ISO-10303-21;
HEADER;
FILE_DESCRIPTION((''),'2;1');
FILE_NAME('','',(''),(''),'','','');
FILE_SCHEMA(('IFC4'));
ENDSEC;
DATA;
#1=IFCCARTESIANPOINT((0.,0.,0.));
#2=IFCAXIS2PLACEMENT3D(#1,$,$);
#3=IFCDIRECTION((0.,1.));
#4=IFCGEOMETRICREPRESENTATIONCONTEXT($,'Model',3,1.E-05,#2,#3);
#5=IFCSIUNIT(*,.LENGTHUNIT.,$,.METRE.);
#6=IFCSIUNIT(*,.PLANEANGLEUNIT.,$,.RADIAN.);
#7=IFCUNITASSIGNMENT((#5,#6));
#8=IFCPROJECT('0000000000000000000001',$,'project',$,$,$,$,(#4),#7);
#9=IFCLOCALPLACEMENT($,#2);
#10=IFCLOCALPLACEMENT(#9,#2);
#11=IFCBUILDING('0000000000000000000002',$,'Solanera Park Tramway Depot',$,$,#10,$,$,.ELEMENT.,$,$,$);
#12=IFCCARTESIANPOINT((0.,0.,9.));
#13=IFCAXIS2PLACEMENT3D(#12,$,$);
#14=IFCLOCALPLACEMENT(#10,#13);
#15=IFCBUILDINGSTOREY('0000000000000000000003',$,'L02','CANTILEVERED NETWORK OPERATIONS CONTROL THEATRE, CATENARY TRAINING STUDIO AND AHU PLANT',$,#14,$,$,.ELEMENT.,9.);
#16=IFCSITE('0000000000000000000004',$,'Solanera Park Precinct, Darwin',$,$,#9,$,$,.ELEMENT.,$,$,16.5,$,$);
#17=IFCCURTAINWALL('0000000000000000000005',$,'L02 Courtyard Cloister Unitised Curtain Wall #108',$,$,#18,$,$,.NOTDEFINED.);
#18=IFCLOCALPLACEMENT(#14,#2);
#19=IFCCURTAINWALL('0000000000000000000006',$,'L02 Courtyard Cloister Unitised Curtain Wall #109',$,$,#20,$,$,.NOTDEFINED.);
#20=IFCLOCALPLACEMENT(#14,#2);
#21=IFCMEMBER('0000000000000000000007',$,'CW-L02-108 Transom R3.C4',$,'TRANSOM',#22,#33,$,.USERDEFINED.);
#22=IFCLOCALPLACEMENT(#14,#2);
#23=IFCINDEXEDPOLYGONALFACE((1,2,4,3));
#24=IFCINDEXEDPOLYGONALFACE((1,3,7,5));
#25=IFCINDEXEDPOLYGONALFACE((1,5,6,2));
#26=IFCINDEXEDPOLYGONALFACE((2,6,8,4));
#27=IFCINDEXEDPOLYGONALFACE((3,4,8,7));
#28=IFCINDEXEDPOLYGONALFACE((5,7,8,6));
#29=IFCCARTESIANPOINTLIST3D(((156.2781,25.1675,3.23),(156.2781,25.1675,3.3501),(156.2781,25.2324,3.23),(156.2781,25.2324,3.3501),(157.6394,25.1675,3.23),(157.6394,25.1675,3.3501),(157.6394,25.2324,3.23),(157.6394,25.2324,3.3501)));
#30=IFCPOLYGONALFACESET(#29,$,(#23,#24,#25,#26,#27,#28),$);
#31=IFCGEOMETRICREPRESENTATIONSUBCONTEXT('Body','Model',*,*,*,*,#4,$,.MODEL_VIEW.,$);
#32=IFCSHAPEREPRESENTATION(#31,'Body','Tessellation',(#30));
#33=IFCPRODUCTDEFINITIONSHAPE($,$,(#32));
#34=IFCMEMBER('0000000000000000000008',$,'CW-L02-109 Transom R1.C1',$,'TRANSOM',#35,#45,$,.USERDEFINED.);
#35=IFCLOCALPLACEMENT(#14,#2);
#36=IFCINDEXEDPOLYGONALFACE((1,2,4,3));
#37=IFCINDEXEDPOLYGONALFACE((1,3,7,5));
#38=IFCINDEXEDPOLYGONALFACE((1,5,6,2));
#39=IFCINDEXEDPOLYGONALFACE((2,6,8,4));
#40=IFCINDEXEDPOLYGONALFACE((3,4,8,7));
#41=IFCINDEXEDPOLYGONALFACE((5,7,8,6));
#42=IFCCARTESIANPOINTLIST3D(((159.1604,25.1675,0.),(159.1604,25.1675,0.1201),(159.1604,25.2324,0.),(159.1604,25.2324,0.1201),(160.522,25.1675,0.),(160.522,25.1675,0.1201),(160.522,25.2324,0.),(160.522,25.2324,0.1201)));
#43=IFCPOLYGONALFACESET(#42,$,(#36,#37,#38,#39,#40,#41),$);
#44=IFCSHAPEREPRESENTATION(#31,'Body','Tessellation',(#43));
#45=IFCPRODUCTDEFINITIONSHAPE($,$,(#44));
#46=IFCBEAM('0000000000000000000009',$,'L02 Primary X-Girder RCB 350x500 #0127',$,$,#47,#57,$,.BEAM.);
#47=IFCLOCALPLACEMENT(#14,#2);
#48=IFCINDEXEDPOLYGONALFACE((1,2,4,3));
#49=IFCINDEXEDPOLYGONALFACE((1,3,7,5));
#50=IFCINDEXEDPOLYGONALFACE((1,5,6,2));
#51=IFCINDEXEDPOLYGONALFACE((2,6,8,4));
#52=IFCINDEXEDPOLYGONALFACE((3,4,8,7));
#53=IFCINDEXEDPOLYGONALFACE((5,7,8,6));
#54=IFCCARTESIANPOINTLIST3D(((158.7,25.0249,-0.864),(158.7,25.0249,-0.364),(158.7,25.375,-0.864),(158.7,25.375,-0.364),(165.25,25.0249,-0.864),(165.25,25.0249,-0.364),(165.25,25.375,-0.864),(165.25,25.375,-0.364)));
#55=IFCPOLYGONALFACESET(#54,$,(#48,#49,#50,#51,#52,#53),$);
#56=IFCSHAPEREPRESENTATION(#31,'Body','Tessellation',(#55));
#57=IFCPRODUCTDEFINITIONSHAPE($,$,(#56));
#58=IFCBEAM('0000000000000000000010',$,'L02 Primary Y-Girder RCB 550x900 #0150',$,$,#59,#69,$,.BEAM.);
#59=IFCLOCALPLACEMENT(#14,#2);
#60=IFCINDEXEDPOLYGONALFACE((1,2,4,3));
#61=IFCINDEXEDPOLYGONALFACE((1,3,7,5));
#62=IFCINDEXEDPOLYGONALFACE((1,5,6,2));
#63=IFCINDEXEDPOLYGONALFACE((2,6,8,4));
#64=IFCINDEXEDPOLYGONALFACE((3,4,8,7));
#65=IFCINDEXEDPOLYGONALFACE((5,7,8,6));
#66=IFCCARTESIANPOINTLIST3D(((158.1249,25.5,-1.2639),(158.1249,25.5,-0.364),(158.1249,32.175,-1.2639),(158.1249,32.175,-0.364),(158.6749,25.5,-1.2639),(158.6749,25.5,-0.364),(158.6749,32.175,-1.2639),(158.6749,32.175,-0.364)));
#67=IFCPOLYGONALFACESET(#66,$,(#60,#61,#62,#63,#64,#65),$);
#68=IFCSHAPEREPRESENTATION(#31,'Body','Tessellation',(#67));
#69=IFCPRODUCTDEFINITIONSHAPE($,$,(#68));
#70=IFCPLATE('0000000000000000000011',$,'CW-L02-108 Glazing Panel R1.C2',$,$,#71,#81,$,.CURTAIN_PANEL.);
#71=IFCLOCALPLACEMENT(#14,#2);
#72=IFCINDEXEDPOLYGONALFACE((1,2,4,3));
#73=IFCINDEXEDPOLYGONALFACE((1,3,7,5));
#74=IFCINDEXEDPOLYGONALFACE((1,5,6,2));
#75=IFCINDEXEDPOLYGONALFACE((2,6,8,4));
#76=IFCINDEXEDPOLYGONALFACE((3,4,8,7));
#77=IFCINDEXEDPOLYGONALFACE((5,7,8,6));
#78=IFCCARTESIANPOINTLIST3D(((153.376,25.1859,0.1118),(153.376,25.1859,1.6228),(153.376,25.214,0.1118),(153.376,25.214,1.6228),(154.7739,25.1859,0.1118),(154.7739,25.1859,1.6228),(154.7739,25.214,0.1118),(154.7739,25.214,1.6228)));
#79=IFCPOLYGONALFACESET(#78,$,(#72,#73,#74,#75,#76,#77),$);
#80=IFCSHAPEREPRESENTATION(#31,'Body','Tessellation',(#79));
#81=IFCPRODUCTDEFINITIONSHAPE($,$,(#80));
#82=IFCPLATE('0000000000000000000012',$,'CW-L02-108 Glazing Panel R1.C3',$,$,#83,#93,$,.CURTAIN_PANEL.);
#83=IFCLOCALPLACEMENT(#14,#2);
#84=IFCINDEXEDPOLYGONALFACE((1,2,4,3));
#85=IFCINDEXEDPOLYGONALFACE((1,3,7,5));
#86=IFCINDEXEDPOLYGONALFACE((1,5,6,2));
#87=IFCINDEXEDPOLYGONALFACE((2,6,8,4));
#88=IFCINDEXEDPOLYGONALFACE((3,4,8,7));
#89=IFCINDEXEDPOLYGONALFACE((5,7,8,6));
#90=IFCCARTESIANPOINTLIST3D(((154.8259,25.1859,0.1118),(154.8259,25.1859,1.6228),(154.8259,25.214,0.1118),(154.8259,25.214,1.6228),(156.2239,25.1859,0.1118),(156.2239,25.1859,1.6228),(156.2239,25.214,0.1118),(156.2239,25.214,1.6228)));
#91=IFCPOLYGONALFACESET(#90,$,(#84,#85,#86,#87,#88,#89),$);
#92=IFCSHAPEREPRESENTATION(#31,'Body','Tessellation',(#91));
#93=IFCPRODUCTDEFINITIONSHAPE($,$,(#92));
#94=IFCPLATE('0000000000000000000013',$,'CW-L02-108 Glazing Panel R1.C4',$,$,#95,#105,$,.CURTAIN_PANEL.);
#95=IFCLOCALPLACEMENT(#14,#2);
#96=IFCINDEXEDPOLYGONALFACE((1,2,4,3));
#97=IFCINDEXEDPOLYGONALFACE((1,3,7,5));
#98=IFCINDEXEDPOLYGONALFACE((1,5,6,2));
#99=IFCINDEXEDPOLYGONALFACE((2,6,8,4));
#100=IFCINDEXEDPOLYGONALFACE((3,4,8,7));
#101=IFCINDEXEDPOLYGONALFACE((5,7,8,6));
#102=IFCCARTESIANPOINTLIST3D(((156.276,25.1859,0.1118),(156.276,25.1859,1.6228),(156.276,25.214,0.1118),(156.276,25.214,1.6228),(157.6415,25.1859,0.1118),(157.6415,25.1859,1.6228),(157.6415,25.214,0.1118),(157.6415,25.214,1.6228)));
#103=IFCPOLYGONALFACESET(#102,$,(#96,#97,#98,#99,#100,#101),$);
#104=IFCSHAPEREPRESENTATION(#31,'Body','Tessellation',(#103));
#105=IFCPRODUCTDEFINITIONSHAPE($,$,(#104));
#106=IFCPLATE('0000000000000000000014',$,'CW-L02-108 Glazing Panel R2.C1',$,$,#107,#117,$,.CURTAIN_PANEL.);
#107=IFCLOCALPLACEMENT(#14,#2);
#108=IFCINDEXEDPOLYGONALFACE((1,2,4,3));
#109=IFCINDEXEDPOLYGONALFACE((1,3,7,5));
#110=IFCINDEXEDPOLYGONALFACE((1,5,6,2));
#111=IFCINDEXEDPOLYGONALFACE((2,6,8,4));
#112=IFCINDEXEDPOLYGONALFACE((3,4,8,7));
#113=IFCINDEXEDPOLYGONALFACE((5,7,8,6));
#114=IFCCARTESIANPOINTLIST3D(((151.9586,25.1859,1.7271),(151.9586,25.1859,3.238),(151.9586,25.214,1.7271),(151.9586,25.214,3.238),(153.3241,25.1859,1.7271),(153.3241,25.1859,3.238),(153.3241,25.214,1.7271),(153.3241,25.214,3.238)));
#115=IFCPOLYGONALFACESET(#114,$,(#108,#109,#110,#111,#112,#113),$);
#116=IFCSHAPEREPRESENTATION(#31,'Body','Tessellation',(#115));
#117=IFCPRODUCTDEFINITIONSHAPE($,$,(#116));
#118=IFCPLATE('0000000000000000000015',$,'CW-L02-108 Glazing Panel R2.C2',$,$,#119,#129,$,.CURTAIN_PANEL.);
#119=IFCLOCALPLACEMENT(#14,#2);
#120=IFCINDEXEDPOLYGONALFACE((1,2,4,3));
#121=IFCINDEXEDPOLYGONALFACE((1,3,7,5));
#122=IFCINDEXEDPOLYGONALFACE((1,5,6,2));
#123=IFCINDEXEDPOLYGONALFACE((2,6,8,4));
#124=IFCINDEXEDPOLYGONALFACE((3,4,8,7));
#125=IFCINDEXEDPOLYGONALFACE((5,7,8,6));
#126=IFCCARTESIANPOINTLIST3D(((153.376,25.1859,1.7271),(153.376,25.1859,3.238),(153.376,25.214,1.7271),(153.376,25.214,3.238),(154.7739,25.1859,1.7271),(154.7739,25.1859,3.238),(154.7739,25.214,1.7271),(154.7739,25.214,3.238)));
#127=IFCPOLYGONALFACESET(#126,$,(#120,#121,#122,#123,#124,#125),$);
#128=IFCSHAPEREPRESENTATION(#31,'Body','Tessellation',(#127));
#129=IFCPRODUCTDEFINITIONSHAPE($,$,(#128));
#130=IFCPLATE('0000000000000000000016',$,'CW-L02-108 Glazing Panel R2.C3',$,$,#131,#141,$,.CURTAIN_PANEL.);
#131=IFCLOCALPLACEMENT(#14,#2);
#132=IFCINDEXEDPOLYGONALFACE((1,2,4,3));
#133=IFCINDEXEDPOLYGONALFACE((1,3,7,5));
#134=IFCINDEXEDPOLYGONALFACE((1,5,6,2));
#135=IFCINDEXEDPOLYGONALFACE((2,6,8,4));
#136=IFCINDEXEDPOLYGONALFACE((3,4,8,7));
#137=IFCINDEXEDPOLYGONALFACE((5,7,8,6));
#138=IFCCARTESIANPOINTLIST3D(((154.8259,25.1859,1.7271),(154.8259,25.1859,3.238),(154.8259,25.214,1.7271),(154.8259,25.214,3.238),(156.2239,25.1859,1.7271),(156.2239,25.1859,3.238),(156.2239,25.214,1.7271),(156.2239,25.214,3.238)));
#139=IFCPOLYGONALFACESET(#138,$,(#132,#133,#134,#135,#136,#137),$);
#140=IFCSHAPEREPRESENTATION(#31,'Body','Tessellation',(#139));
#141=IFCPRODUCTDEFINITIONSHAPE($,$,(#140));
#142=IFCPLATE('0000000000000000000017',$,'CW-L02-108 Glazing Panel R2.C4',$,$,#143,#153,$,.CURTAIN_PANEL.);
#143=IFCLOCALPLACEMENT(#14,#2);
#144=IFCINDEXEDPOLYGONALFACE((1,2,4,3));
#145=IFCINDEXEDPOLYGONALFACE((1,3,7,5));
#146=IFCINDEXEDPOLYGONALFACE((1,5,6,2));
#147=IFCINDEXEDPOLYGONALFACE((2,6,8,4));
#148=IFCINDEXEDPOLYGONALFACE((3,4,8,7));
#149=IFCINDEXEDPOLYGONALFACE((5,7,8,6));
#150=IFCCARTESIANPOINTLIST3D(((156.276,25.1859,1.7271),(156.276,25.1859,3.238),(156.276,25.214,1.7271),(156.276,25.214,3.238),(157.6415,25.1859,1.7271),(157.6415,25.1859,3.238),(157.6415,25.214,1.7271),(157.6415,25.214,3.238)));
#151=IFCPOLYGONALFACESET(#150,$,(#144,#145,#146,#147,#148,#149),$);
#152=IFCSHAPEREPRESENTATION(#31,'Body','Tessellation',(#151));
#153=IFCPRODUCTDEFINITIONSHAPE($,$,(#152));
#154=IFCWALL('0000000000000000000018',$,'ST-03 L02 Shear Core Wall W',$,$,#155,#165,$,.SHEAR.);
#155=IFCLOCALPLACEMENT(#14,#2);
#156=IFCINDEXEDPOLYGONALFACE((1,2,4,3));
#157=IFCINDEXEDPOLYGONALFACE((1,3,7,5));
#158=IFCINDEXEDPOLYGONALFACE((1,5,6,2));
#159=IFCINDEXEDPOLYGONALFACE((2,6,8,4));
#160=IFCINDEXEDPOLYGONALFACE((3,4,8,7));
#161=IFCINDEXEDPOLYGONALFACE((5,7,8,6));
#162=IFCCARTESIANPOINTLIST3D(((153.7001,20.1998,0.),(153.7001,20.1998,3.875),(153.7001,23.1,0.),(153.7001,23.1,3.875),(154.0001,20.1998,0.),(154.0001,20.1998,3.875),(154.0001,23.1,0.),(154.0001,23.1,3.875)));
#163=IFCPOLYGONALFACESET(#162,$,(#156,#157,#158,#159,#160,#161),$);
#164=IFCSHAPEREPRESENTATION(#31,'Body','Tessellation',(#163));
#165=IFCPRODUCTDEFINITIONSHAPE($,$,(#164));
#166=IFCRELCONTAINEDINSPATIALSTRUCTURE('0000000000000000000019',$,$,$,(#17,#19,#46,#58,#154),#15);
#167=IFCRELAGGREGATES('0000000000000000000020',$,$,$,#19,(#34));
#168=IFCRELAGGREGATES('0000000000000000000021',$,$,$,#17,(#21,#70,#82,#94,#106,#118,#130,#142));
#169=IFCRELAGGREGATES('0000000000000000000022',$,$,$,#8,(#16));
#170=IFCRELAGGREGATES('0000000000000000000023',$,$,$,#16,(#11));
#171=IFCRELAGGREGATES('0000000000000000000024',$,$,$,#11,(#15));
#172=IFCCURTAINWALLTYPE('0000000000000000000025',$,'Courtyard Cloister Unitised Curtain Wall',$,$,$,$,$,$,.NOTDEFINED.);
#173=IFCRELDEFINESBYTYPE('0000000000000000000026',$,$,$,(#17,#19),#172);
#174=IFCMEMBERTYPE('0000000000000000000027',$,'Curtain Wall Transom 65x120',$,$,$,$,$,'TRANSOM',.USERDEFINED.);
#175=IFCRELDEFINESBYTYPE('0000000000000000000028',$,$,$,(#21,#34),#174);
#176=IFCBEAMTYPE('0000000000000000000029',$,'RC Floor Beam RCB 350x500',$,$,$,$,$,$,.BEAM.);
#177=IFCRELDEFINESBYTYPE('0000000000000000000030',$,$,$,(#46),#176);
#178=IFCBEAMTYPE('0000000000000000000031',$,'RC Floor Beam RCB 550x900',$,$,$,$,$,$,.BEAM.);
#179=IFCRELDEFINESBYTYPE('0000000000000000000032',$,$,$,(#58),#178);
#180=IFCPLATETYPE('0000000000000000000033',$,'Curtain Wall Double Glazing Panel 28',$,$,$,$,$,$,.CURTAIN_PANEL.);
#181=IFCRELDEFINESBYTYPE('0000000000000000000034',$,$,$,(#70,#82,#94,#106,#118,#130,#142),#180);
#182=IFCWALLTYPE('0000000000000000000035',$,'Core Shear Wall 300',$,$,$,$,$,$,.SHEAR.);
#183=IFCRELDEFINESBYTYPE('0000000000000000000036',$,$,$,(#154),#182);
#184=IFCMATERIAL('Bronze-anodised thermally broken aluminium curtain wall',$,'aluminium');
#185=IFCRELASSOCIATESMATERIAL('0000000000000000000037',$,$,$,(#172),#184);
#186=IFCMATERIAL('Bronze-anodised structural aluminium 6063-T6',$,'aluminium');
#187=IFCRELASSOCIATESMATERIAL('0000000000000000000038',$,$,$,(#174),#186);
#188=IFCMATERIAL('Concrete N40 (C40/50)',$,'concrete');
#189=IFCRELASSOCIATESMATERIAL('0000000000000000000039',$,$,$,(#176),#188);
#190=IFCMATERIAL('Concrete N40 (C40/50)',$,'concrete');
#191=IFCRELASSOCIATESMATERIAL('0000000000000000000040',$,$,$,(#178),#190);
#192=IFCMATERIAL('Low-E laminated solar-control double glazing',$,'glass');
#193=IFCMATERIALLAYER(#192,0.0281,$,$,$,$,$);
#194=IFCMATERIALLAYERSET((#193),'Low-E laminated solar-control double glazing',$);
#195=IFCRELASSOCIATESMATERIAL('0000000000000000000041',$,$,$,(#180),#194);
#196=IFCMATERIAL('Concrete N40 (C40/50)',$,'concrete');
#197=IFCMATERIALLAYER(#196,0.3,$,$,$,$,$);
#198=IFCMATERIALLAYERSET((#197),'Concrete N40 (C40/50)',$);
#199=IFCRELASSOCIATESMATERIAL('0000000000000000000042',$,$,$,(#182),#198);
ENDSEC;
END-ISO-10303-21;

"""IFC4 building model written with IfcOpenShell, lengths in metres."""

from ifc_helpers import new_model, si_unit, direction, frame, frame_2d, origin, origin_2d, place, context, subcontext, project, spatial, rectangle, extrude, material, layer, layer_set, material_profile, profile_set, type_object, element, aggregate, save


model = new_model("IFC4")

# Units and contexts
model_context = context("Model", 3, precision=1e-05, world=origin(), true_north=direction((0.0, 1.0)))
body_context = subcontext(model_context, "Body", "Model", "MODEL_VIEW")
ifc_project = project(units=[si_unit("LENGTHUNIT", "METRE"), si_unit("PLANEANGLEUNIT", "RADIAN")], contexts=[model_context])

# Site, building, storey
site_placement = place(None, origin())
site = spatial("IfcSite", under=ifc_project, at=site_placement, Name="Solanera Park Precinct, Darwin", CompositionType="ELEMENT", RefElevation=16.5)
building_placement = place(site_placement, origin())
building = spatial("IfcBuilding", under=site, at=building_placement, Name="Solanera Park Tramway Depot", CompositionType="ELEMENT")
storey_placement = place(building_placement, frame((0.0, 0.0, 9.0)))
storey = spatial("IfcBuildingStorey", under=building, at=storey_placement, Name="L02", Description="CANTILEVERED NETWORK OPERATIONS CONTROL THEATRE, CATENARY TRAINING STUDIO AND AHU PLANT", CompositionType="ELEMENT", Elevation=9.0)

# Curtain wall
ifc_material_1 = material(Name="Bronze-anodised thermally broken aluminium curtain wall", Category="aluminium")
curtain_wall_type = type_object("IfcCurtainWallType", Name="Courtyard Cloister Unitised Curtain Wall", PredefinedType="NOTDEFINED", material=ifc_material_1)
curtain_wall_1_placement = place(storey_placement, origin())
curtain_wall_1 = element("IfcCurtainWall", 1, at=curtain_wall_1_placement, inside=storey, type_object=curtain_wall_type, Name="L02 Courtyard Cloister Unitised Curtain Wall #108", PredefinedType="NOTDEFINED")

# Curtain wall
curtain_wall_2_placement = place(storey_placement, origin())
curtain_wall_2 = element("IfcCurtainWall", 2, at=curtain_wall_2_placement, inside=storey, type_object=curtain_wall_type, Name="L02 Courtyard Cloister Unitised Curtain Wall #109", PredefinedType="NOTDEFINED")

# Members
ifc_material_2 = material(Name="Bronze-anodised structural aluminium 6063-T6", Category="aluminium")
ifc_material_profile_1 = material_profile(ifc_material_2, rectangle(XDim=0.0649, YDim=0.1201, at=origin_2d()), Name="Curtain Wall Transom 65x120")
ifc_profile_set_1 = profile_set([ifc_material_profile_1], Name="Bronze-anodised structural aluminium 6063-T6")
member_type_1 = type_object("IfcMemberType", Name="Curtain Wall Transom 65x120", ElementType="TRANSOM", PredefinedType="USERDEFINED", material=ifc_profile_set_1)
member_1_placement = place(storey_placement, frame((156.2781, 25.2, 3.29), z_axis=(1.0, 0.0, 0.0), x_axis=(0.0, 1.0, 0.0)))
member_1 = element("IfcMember", 3, at=member_1_placement, type_object=member_type_1, Name="CW-L02-108 Transom R3.C4", ObjectType="TRANSOM", PredefinedType="USERDEFINED", context=body_context, shape_type="SweptSolid", body=[
    extrude(rectangle(XDim=0.0649, YDim=0.1201, at=origin_2d()), origin(), (0.0, 0.0, 1.0), 1.3613),
])
member_2_placement = place(storey_placement, frame((159.1604, 25.2, 0.0601), z_axis=(1.0, 0.0, 0.0), x_axis=(0.0, 1.0, 0.0)))
member_2 = element("IfcMember", 4, at=member_2_placement, type_object=member_type_1, Name="CW-L02-109 Transom R1.C1", ObjectType="TRANSOM", PredefinedType="USERDEFINED", context=body_context, shape_type="SweptSolid", body=[
    extrude(rectangle(XDim=0.0649, YDim=0.1201, at=origin_2d()), origin(), (0.0, 0.0, 1.0), 1.3616),
])
aggregate(curtain_wall_2, [member_2])

# Beams
ifc_material_3 = material(Name="Concrete N40 (C40/50)", Category="concrete")
ifc_material_profile_2 = material_profile(ifc_material_3, rectangle(XDim=0.3501, YDim=0.5, at=origin_2d()), Name="RCB 350x500")
ifc_profile_set_2 = profile_set([ifc_material_profile_2], Name="Concrete N40 (C40/50)")
beam_type_1 = type_object("IfcBeamType", Name="RC Floor Beam RCB 350x500", PredefinedType="BEAM", material=ifc_profile_set_2)
beam_1_placement = place(storey_placement, frame((158.7, 25.2, -0.614), z_axis=(1.0, 0.0, 0.0), x_axis=(0.0, 1.0, 0.0)))
element("IfcBeam", 5, at=beam_1_placement, inside=storey, type_object=beam_type_1, Name="L02 Primary X-Girder RCB 350x500 #0127", PredefinedType="BEAM", context=body_context, shape_type="SweptSolid", body=[
    extrude(rectangle(XDim=0.3501, YDim=0.5, at=origin_2d()), origin(), (0.0, 0.0, 1.0), 6.55),
])
ifc_material_4 = material(Name="Concrete N40 (C40/50)", Category="concrete")
ifc_material_profile_3 = material_profile(ifc_material_4, rectangle(XDim=0.55, YDim=0.8999, at=origin_2d()), Name="RCB 550x900")
ifc_profile_set_3 = profile_set([ifc_material_profile_3], Name="Concrete N40 (C40/50)")
beam_type_2 = type_object("IfcBeamType", Name="RC Floor Beam RCB 550x900", PredefinedType="BEAM", material=ifc_profile_set_3)
beam_2_placement = place(storey_placement, frame((158.3999, 25.5, -0.814), z_axis=(0.0, 1.0, 0.0), x_axis=(-1.0, 0.0, 0.0)))
element("IfcBeam", 6, at=beam_2_placement, inside=storey, type_object=beam_type_2, Name="L02 Primary Y-Girder RCB 550x900 #0150", PredefinedType="BEAM", context=body_context, shape_type="SweptSolid", body=[
    extrude(rectangle(XDim=0.55, YDim=0.8999, at=origin_2d()), origin(), (0.0, 0.0, 1.0), 6.675),
])

# Plates
ifc_material_5 = material(Name="Low-E laminated solar-control double glazing", Category="glass")
ifc_layer_1 = layer(ifc_material_5, 0.0281)
ifc_layer_set_1 = layer_set([ifc_layer_1], Name="Low-E laminated solar-control double glazing")
plate_type = type_object("IfcPlateType", Name="Curtain Wall Double Glazing Panel 28", PredefinedType="CURTAIN_PANEL", material=ifc_layer_set_1)
plate_1_placement = place(storey_placement, frame((154.075, 25.2, 0.1118), z_axis=(0.0, 0.0, 1.0), x_axis=(1.0, 0.0, 0.0)))
plate_1 = element("IfcPlate", 7, at=plate_1_placement, type_object=plate_type, Name="CW-L02-108 Glazing Panel R1.C2", PredefinedType="CURTAIN_PANEL", context=body_context, shape_type="SweptSolid", body=[
    extrude(rectangle(XDim=1.3979, YDim=0.0281, at=origin_2d()), origin(), (0.0, 0.0, 1.0), 1.511),
])
plate_2_placement = place(storey_placement, frame((155.5249, 25.2, 0.1118), z_axis=(0.0, 0.0, 1.0), x_axis=(1.0, 0.0, 0.0)))
plate_2 = element("IfcPlate", 8, at=plate_2_placement, type_object=plate_type, Name="CW-L02-108 Glazing Panel R1.C3", PredefinedType="CURTAIN_PANEL", context=body_context, shape_type="SweptSolid", body=[
    extrude(rectangle(XDim=1.3979, YDim=0.0281, at=origin_2d()), origin(), (0.0, 0.0, 1.0), 1.511),
])
plate_3_placement = place(storey_placement, frame((156.9587, 25.2, 0.1118), z_axis=(0.0, 0.0, 1.0), x_axis=(1.0, 0.0, 0.0)))
plate_3 = element("IfcPlate", 9, at=plate_3_placement, type_object=plate_type, Name="CW-L02-108 Glazing Panel R1.C4", PredefinedType="CURTAIN_PANEL", context=body_context, shape_type="SweptSolid", body=[
    extrude(rectangle(XDim=1.3655, YDim=0.0281, at=origin_2d()), origin(), (0.0, 0.0, 1.0), 1.511),
])
plate_4_placement = place(storey_placement, frame((152.6414, 25.2, 1.7271), z_axis=(0.0, 0.0, 1.0), x_axis=(1.0, 0.0, 0.0)))
plate_4 = element("IfcPlate", 10, at=plate_4_placement, type_object=plate_type, Name="CW-L02-108 Glazing Panel R2.C1", PredefinedType="CURTAIN_PANEL", context=body_context, shape_type="SweptSolid", body=[
    extrude(rectangle(XDim=1.3655, YDim=0.0281, at=origin_2d()), origin(), (0.0, 0.0, 1.0), 1.511),
])
plate_5_placement = place(storey_placement, frame((154.075, 25.2, 1.7271), z_axis=(0.0, 0.0, 1.0), x_axis=(1.0, 0.0, 0.0)))
plate_5 = element("IfcPlate", 11, at=plate_5_placement, type_object=plate_type, Name="CW-L02-108 Glazing Panel R2.C2", PredefinedType="CURTAIN_PANEL", context=body_context, shape_type="SweptSolid", body=[
    extrude(rectangle(XDim=1.3979, YDim=0.0281, at=origin_2d()), origin(), (0.0, 0.0, 1.0), 1.511),
])
plate_6_placement = place(storey_placement, frame((155.5249, 25.2, 1.7271), z_axis=(0.0, 0.0, 1.0), x_axis=(1.0, 0.0, 0.0)))
plate_6 = element("IfcPlate", 12, at=plate_6_placement, type_object=plate_type, Name="CW-L02-108 Glazing Panel R2.C3", PredefinedType="CURTAIN_PANEL", context=body_context, shape_type="SweptSolid", body=[
    extrude(rectangle(XDim=1.3979, YDim=0.0281, at=origin_2d()), origin(), (0.0, 0.0, 1.0), 1.511),
])
plate_7_placement = place(storey_placement, frame((156.9587, 25.2, 1.7271), z_axis=(0.0, 0.0, 1.0), x_axis=(1.0, 0.0, 0.0)))
plate_7 = element("IfcPlate", 13, at=plate_7_placement, type_object=plate_type, Name="CW-L02-108 Glazing Panel R2.C4", PredefinedType="CURTAIN_PANEL", context=body_context, shape_type="SweptSolid", body=[
    extrude(rectangle(XDim=1.3655, YDim=0.0281, at=origin_2d()), origin(), (0.0, 0.0, 1.0), 1.511),
])
aggregate(curtain_wall_1, [member_1, plate_1, plate_2, plate_3, plate_4, plate_5, plate_6, plate_7])

# Wall
ifc_material_6 = material(Name="Concrete N40 (C40/50)", Category="concrete")
ifc_layer_2 = layer(ifc_material_6, 0.3)
ifc_layer_set_2 = layer_set([ifc_layer_2], Name="Concrete N40 (C40/50)")
wall_type = type_object("IfcWallType", Name="Core Shear Wall 300", PredefinedType="SHEAR", material=ifc_layer_set_2)
wall_placement = place(storey_placement, frame((153.8501, 23.1001, 0.0), z_axis=(0.0, 0.0, 1.0), x_axis=(0.0, -1.0, 0.0)))
element("IfcWall", 14, at=wall_placement, inside=storey, type_object=wall_type, Name="ST-03 L02 Shear Core Wall W", PredefinedType="SHEAR", context=body_context, shape_type="SweptSolid", body=[
    extrude(rectangle(XDim=2.9001, YDim=0.3, at=frame_2d((1.4502, 0.0))), origin(), (0.0, 0.0, 1.0), 3.875),
])

save(model, "model.ifc")
